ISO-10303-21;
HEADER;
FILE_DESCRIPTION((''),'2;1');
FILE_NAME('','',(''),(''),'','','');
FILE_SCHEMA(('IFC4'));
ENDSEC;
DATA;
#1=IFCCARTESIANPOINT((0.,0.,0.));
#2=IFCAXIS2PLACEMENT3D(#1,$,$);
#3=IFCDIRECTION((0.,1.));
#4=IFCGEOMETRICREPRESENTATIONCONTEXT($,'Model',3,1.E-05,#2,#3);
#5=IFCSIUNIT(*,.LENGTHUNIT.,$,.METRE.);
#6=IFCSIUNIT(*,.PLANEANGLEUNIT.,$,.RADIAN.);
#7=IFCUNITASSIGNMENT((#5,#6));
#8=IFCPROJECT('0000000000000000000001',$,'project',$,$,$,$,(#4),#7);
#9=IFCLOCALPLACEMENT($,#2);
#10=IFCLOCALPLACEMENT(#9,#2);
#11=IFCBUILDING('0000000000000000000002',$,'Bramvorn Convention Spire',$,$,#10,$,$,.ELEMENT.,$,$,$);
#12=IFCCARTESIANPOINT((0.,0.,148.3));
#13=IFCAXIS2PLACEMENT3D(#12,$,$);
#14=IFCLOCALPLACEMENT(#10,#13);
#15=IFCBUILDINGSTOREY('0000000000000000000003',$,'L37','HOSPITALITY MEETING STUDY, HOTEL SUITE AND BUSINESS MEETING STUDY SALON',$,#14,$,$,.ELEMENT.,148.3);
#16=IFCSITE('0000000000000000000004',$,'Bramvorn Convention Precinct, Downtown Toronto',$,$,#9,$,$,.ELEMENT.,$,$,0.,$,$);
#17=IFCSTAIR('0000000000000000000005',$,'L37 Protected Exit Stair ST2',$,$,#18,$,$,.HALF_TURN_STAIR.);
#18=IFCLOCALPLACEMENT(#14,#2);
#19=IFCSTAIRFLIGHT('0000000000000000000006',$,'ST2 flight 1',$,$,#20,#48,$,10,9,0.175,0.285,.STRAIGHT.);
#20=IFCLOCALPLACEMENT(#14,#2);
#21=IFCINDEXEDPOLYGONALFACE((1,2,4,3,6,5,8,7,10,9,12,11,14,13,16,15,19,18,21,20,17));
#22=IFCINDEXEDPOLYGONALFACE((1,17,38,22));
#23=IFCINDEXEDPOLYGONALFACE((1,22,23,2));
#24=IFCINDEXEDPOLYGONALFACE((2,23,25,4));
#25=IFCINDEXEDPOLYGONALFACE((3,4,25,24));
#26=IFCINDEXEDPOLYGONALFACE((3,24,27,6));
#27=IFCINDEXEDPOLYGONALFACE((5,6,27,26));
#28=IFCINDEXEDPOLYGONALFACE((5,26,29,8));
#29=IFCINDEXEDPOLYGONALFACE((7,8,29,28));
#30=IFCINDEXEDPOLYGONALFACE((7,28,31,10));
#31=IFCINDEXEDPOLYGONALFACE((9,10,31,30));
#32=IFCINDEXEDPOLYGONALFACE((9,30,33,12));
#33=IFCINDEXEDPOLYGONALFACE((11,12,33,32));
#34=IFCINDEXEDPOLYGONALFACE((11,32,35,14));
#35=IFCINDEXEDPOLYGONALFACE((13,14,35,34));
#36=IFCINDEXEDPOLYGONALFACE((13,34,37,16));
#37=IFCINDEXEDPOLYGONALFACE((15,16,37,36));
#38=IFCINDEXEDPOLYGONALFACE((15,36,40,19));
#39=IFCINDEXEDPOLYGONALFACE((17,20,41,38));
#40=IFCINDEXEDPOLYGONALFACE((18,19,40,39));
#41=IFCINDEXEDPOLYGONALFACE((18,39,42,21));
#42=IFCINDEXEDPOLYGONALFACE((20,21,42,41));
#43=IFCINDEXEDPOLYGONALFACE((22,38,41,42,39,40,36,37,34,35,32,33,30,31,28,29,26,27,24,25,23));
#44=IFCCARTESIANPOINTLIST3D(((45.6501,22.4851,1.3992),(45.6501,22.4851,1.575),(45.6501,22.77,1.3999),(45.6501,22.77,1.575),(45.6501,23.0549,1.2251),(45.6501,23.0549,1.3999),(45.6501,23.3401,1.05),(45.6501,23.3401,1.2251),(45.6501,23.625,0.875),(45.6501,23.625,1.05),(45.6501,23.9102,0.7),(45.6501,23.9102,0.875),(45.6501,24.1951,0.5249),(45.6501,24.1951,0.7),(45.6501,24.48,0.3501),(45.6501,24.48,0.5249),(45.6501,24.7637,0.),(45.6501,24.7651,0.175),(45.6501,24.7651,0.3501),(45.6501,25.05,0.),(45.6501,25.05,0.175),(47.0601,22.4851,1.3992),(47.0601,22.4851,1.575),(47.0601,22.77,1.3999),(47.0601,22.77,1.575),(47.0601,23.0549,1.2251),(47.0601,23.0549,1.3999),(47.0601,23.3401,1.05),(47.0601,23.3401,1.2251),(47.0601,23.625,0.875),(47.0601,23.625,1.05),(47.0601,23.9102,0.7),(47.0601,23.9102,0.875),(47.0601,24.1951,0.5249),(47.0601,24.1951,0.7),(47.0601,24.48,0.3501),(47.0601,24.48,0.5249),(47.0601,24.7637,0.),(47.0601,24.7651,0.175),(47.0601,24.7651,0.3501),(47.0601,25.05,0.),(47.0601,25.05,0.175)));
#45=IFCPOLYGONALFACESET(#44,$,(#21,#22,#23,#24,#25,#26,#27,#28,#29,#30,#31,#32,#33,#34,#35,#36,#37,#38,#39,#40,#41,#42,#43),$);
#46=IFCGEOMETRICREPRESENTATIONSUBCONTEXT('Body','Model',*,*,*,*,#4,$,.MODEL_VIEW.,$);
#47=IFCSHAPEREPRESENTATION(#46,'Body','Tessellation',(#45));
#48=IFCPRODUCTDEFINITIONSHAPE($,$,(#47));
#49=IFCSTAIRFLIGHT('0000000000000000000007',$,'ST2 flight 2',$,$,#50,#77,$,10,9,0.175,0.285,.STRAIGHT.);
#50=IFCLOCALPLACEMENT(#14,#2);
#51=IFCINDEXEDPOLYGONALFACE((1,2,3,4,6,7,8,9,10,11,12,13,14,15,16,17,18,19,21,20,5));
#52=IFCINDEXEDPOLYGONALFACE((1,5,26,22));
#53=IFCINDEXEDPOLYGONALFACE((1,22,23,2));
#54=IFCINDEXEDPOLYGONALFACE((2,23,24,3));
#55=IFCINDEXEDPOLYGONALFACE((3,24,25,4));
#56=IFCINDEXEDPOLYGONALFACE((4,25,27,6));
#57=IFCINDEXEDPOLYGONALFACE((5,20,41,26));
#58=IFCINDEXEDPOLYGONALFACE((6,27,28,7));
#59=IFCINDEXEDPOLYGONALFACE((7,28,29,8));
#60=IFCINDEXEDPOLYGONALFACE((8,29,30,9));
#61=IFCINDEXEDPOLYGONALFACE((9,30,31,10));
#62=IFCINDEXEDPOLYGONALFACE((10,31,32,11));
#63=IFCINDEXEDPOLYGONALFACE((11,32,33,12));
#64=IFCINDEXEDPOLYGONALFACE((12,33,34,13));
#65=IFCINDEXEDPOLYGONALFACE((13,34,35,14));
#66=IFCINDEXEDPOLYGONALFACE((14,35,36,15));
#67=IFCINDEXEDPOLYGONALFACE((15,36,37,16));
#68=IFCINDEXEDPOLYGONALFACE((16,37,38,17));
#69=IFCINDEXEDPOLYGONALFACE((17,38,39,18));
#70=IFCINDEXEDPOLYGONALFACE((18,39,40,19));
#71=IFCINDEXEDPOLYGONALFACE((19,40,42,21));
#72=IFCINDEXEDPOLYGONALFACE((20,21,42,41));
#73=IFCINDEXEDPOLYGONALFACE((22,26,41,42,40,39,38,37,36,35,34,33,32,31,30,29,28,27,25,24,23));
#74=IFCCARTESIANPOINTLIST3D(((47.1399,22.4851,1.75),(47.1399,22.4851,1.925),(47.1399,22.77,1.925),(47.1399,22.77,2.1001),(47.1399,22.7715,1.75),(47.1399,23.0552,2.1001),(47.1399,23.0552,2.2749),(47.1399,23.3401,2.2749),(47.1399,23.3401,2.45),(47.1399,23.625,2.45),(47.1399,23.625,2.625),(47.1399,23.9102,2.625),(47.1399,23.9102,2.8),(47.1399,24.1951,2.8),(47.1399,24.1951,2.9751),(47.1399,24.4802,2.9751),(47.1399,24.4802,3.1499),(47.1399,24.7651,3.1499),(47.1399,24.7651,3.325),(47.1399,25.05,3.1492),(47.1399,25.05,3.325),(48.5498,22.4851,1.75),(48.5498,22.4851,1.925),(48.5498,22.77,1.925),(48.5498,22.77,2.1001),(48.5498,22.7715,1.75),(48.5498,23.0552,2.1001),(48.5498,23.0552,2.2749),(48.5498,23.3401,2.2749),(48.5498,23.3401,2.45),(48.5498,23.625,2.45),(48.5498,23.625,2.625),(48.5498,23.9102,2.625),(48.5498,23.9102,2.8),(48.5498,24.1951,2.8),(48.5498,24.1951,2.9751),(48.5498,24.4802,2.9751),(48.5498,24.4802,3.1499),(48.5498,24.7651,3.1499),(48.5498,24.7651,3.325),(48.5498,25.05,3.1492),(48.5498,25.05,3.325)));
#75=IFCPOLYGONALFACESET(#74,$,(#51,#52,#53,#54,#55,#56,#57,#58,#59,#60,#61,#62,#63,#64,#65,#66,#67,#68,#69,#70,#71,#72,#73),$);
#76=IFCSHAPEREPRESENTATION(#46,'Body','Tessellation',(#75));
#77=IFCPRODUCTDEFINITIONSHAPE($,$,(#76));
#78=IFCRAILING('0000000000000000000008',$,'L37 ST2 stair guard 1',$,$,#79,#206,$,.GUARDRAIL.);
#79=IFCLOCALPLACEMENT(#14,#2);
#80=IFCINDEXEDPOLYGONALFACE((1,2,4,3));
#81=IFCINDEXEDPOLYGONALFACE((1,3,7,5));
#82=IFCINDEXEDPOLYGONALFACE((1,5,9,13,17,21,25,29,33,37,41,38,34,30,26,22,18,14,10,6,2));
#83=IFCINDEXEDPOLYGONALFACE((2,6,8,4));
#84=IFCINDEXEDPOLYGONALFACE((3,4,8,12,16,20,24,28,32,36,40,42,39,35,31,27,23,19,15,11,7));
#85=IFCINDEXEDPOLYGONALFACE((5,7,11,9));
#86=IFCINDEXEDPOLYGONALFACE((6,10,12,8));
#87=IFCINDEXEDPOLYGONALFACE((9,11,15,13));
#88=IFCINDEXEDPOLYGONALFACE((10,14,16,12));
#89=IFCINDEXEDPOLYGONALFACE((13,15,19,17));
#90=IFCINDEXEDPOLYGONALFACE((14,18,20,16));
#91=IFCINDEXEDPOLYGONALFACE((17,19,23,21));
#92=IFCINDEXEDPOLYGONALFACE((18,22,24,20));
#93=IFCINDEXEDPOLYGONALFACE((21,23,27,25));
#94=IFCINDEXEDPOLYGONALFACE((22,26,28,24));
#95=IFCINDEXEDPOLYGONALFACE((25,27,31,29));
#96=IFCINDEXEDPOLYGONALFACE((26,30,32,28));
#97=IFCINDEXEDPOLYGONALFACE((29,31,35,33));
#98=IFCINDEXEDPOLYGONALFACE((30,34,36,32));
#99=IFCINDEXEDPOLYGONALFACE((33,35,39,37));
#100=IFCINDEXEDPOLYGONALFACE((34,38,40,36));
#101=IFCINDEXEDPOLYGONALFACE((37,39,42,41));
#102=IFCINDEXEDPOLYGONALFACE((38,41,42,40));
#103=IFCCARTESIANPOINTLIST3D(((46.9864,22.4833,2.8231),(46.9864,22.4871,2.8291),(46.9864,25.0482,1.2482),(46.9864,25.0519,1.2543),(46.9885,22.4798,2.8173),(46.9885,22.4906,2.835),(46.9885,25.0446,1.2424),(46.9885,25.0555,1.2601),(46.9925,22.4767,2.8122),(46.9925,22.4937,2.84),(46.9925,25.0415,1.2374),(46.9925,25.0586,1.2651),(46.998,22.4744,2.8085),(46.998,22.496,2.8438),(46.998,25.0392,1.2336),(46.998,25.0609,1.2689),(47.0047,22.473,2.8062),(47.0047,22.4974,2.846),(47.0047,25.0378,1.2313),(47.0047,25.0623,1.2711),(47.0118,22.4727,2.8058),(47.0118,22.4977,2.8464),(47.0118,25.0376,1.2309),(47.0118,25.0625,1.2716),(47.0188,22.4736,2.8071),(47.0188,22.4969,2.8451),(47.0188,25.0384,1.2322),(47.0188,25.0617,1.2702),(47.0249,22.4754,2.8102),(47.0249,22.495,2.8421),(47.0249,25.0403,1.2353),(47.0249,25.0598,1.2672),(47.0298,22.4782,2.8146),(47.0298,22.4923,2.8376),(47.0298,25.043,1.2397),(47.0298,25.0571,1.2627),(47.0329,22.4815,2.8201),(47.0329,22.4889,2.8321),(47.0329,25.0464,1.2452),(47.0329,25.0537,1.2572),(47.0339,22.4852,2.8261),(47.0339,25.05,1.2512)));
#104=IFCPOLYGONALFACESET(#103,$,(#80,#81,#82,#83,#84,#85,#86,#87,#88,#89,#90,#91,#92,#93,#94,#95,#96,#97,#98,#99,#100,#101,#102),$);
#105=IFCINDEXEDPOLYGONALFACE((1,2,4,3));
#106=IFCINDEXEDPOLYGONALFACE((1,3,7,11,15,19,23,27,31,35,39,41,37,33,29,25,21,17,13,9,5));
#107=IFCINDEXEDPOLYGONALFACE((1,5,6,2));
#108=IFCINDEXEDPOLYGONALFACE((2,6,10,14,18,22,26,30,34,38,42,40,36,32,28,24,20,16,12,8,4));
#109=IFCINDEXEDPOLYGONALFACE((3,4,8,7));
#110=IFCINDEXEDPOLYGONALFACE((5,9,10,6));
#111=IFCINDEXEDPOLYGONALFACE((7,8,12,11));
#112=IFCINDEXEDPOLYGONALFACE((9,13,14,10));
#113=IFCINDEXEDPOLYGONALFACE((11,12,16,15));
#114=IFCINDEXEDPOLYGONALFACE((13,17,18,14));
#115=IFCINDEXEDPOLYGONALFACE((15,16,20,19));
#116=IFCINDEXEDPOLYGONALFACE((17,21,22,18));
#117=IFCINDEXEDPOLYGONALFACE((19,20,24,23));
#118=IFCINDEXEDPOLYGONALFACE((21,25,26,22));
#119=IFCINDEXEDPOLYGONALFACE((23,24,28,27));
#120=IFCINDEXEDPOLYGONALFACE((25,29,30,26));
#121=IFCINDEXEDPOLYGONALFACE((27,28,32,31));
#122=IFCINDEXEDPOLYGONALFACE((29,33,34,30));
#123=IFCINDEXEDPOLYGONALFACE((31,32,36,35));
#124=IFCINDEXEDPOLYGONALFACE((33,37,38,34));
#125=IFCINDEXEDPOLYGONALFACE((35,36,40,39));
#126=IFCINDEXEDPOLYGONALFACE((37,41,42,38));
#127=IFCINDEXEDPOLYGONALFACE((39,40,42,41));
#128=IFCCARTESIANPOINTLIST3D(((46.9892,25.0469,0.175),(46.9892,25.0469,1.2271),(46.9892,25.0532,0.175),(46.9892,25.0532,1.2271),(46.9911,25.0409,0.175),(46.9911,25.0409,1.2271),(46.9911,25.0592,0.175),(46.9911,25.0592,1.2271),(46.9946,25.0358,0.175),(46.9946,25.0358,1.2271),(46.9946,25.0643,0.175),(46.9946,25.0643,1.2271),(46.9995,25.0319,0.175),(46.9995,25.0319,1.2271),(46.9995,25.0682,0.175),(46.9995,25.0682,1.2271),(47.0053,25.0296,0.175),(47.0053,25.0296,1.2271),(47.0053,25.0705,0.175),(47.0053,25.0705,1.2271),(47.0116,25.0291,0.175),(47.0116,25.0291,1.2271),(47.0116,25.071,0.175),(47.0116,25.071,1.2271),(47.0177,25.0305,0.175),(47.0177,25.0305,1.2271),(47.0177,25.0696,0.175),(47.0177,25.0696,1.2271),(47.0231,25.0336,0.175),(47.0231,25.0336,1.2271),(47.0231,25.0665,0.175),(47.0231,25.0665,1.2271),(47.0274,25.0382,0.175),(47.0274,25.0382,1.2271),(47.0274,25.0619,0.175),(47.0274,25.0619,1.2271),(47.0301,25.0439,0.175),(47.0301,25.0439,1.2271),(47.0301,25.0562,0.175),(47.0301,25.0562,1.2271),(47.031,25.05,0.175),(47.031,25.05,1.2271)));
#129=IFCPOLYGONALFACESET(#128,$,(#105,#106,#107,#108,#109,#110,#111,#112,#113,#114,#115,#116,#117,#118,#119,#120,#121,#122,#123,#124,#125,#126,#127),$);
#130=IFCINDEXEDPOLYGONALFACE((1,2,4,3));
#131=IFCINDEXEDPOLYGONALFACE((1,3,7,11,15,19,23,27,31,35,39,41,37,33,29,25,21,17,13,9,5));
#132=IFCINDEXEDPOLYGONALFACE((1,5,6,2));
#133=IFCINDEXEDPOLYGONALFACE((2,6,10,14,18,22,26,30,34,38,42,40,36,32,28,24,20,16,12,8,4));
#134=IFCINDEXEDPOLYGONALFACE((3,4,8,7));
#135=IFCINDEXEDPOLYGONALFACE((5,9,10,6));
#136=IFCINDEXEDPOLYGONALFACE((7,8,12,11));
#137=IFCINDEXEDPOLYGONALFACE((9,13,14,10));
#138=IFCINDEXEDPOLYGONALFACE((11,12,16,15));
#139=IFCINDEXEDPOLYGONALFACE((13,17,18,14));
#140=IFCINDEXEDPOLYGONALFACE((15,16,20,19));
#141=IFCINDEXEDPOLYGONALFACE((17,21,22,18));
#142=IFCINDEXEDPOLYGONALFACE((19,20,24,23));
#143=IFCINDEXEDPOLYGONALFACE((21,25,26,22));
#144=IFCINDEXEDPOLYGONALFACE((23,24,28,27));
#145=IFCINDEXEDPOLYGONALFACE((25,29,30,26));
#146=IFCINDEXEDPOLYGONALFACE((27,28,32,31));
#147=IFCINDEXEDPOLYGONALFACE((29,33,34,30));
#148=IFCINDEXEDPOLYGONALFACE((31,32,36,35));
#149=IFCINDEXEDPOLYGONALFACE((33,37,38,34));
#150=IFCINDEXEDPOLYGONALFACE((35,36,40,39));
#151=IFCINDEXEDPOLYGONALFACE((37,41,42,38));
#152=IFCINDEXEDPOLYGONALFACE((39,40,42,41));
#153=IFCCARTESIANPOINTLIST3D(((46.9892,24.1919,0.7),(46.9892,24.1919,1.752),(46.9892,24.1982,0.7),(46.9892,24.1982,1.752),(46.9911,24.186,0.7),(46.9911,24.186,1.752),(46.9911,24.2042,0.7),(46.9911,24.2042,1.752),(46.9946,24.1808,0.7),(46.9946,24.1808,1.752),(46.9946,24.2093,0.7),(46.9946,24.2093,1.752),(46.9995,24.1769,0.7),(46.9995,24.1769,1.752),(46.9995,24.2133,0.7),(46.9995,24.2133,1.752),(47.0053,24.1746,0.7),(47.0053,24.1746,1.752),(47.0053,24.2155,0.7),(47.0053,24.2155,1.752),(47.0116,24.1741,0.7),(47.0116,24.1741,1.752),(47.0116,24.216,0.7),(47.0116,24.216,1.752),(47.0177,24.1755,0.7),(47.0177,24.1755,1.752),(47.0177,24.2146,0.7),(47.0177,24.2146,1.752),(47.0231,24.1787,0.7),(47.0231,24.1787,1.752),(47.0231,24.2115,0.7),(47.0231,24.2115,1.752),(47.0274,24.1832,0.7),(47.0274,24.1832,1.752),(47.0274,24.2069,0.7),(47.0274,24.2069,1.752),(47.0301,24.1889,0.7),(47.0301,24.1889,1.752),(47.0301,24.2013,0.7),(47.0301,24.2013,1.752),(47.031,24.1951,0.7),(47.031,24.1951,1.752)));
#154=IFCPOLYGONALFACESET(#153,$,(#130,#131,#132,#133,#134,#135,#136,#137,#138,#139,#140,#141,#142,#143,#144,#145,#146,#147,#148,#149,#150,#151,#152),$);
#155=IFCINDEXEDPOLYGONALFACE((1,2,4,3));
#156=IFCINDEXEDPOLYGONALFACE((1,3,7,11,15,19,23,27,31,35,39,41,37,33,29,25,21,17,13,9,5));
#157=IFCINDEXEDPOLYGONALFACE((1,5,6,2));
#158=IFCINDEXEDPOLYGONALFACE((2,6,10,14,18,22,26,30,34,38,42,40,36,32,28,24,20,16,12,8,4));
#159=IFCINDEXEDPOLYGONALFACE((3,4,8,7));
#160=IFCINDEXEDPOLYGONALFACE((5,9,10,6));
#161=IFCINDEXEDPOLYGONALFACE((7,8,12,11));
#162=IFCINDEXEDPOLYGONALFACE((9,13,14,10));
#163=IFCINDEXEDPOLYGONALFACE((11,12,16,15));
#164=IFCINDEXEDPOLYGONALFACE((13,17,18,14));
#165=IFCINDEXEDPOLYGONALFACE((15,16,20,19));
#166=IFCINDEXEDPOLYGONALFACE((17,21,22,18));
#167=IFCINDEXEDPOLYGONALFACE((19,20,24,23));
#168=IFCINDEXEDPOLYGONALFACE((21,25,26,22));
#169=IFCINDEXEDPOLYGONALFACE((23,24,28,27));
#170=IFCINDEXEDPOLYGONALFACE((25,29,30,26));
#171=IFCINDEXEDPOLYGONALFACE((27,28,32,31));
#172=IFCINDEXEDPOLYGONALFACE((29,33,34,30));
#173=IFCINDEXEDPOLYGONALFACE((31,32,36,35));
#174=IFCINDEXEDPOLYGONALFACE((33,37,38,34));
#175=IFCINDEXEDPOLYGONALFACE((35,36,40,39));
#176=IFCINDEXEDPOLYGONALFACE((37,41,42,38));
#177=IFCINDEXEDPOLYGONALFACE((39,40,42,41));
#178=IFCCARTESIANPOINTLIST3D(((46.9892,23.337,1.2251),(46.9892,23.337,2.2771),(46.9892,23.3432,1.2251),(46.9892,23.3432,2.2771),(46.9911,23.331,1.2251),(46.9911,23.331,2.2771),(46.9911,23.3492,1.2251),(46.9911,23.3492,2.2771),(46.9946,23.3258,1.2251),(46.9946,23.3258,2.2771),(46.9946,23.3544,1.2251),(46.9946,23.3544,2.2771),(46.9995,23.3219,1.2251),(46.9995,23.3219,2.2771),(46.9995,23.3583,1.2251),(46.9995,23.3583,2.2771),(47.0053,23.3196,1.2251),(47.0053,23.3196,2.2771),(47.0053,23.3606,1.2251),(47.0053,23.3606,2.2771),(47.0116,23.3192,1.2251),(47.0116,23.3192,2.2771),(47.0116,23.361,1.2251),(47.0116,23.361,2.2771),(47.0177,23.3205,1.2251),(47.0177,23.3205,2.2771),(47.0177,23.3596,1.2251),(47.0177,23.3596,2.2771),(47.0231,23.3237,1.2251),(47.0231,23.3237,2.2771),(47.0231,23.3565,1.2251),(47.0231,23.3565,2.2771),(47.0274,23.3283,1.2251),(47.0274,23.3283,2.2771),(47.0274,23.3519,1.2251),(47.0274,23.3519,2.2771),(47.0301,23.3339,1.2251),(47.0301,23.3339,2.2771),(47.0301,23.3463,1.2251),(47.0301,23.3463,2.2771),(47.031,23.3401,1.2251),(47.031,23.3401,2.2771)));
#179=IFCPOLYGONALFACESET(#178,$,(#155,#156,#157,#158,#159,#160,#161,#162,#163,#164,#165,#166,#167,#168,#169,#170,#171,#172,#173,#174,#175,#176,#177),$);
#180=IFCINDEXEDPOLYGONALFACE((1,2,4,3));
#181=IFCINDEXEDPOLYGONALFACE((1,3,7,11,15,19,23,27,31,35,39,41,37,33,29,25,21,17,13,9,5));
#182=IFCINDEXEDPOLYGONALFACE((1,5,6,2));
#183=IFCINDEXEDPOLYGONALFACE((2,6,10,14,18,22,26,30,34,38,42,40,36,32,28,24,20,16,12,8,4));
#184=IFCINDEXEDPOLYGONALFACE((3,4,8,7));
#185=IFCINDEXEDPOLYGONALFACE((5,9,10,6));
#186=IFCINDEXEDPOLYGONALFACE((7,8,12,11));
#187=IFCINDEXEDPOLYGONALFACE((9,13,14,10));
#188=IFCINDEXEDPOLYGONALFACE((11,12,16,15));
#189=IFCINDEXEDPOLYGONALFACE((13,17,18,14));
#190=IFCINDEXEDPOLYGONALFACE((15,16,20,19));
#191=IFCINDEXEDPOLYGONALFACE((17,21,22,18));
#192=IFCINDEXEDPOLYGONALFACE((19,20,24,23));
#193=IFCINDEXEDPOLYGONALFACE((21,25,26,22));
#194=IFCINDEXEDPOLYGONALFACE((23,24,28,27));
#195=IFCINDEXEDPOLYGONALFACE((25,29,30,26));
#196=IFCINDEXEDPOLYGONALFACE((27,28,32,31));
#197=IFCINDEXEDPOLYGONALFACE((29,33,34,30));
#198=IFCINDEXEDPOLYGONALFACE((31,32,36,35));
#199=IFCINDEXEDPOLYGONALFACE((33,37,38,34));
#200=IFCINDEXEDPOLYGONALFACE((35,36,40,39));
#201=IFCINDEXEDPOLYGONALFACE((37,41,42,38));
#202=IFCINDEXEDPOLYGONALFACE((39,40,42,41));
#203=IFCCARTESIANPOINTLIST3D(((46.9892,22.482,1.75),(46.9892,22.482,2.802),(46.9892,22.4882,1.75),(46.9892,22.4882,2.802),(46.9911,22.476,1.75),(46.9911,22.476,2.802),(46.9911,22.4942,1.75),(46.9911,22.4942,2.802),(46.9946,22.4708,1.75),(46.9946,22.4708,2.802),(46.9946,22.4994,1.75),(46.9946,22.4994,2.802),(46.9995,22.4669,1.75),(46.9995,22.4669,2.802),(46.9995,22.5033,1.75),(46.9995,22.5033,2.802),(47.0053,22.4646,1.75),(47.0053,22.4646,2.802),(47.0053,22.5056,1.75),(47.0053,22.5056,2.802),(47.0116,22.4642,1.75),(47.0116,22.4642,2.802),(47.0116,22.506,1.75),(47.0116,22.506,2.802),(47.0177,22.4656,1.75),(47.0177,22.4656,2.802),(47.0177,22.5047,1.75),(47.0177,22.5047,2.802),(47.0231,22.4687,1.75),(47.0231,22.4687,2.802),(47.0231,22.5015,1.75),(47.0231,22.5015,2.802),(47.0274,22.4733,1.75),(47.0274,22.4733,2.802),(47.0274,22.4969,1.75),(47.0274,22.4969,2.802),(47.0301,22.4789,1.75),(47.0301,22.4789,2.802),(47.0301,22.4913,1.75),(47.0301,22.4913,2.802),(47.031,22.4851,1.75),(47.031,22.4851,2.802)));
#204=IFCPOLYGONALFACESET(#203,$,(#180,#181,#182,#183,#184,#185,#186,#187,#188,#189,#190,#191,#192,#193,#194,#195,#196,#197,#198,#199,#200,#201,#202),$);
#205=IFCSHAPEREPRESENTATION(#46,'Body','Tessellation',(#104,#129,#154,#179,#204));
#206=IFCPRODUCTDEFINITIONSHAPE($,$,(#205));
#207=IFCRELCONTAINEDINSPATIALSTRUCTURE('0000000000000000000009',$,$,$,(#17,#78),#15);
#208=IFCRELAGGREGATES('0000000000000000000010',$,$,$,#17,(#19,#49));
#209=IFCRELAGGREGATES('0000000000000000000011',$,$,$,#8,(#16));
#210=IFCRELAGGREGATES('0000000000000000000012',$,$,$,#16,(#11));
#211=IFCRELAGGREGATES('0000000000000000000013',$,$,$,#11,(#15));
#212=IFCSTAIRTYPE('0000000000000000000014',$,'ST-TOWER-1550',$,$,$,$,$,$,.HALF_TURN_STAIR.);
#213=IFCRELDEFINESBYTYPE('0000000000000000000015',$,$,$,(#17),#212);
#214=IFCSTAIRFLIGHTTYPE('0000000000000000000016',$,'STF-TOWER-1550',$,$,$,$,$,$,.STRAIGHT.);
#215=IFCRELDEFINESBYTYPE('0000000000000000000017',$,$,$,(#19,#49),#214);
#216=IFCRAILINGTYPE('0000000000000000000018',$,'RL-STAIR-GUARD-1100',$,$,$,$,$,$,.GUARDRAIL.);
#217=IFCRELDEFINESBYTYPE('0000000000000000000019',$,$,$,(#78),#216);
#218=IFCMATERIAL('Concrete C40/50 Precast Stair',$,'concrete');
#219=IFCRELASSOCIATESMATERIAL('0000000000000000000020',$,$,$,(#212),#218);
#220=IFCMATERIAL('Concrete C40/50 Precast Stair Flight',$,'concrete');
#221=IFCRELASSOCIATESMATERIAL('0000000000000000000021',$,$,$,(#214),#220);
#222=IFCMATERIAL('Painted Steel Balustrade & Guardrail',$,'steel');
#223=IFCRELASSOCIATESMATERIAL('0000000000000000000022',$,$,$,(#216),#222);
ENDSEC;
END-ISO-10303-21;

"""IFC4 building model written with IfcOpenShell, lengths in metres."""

from ifc_helpers import new_model, si_unit, direction, frame, origin, origin_2d, place, context, subcontext, project, spatial, polyline, circle, outline, extrude, material, type_object, element, aggregate, save


model = new_model("IFC4")

# Units and contexts
model_context = context("Model", 3, precision=1e-05, world=origin(), true_north=direction((0.0, 1.0)))
body_context = subcontext(model_context, "Body", "Model", "MODEL_VIEW")
ifc_project = project(units=[si_unit("LENGTHUNIT", "METRE"), si_unit("PLANEANGLEUNIT", "RADIAN")], contexts=[model_context])

# Site, building, storey
site_placement = place(None, origin())
site = spatial("IfcSite", under=ifc_project, at=site_placement, Name="Bramvorn Convention Precinct, Downtown Toronto", CompositionType="ELEMENT", RefElevation=0.0)
building_placement = place(site_placement, origin())
building = spatial("IfcBuilding", under=site, at=building_placement, Name="Bramvorn Convention Spire", CompositionType="ELEMENT")
storey_placement = place(building_placement, frame((0.0, 0.0, 148.3)))
storey = spatial("IfcBuildingStorey", under=building, at=storey_placement, Name="L37", Description="HOSPITALITY MEETING STUDY, HOTEL SUITE AND BUSINESS MEETING STUDY SALON", CompositionType="ELEMENT", Elevation=148.3)

# Stair, stair flights
ifc_material_1 = material(Name="Concrete C40/50 Precast Stair", Category="concrete")
stair_type = type_object("IfcStairType", Name="ST-TOWER-1550", PredefinedType="HALF_TURN_STAIR", material=ifc_material_1)
stair_placement = place(storey_placement, origin())
stair = element("IfcStair", 1, at=stair_placement, inside=storey, type_object=stair_type, Name="L37 Protected Exit Stair ST2", PredefinedType="HALF_TURN_STAIR")
ifc_material_2 = material(Name="Concrete C40/50 Precast Stair Flight", Category="concrete")
stair_flight_type = type_object("IfcStairFlightType", Name="STF-TOWER-1550", PredefinedType="STRAIGHT", material=ifc_material_2)
stair_flight_1_placement = place(storey_placement, frame((46.355, 25.05, 0.0), z_axis=(0.0, 0.0, 1.0), x_axis=(0.0, -1.0, 0.0)))
stair_flight_1 = element("IfcStairFlight", 2, at=stair_flight_1_placement, type_object=stair_flight_type, Name="ST2 flight 1", NumberOfRisers=10, NumberOfTreads=9, PredefinedType="STRAIGHT", RiserHeight=0.175, TreadLength=0.285, context=body_context, shape_type="SweptSolid", body=[
    extrude(outline(polyline([(0.0, 0.0), (0.0, 0.175), (0.2849, 0.175), (0.2849, 0.3501), (0.5701, 0.3501), (0.5701, 0.5249), (0.855, 0.5249), (0.855, 0.7), (1.1399, 0.7), (1.1399, 0.875), (1.425, 0.875), (1.425, 1.05), (1.71, 1.05), (1.71, 1.2251), (1.9951, 1.2251), (1.9951, 1.3999), (2.28, 1.3999), (2.28, 1.575), (2.5649, 1.575), (2.5649, 1.75), (2.5649, 1.3992), (0.2864, 0.0), (0.0, 0.0)])), frame((0.0, 0.7051, 0.0), z_axis=(0.0, -1.0, 0.0), x_axis=(1.0, 0.0, 0.0)), (0.0, 0.0, 1.0), 1.4099),
])
stair_flight_2_placement = place(storey_placement, frame((47.845, 22.4851, 1.75), z_axis=(0.0, 0.0, 1.0), x_axis=(0.0, 1.0, 0.0)))
stair_flight_2 = element("IfcStairFlight", 3, at=stair_flight_2_placement, type_object=stair_flight_type, Name="ST2 flight 2", NumberOfRisers=10, NumberOfTreads=9, PredefinedType="STRAIGHT", RiserHeight=0.175, TreadLength=0.285, context=body_context, shape_type="SweptSolid", body=[
    extrude(outline(polyline([(0.0, 0.0), (0.0, 0.175), (0.2849, 0.175), (0.2849, 0.3501), (0.5701, 0.3501), (0.5701, 0.5249), (0.855, 0.5249), (0.855, 0.7), (1.1399, 0.7), (1.1399, 0.875), (1.425, 0.875), (1.425, 1.05), (1.71, 1.05), (1.71, 1.2251), (1.9951, 1.2251), (1.9951, 1.3999), (2.28, 1.3999), (2.28, 1.575), (2.5649, 1.575), (2.5649, 1.75), (2.5649, 1.3992), (0.2864, 0.0), (0.0, 0.0)])), frame((0.0, 0.7051, 0.0), z_axis=(0.0, -1.0, 0.0), x_axis=(1.0, 0.0, 0.0)), (0.0, 0.0, 1.0), 1.4099),
])
aggregate(stair, [stair_flight_1, stair_flight_2])

# Railing
ifc_material_3 = material(Name="Painted Steel Balustrade & Guardrail", Category="steel")
railing_type_1 = type_object("IfcRailingType", Name="RL-STAIR-GUARD-1100", PredefinedType="GUARDRAIL", material=ifc_material_3)
railing_1_placement = place(storey_placement, frame((47.01, 25.05, 0.175)))
element("IfcRailing", 4, at=railing_1_placement, inside=storey, type_object=railing_type_1, Name="L37 ST2 stair guard 1", PredefinedType="GUARDRAIL", context=body_context, shape_type="SweptSolid", body=[
    extrude(circle(Radius=0.0239, at=origin_2d()), frame((0.0, 0.0, 1.0762), z_axis=(0.0, -0.852173, 0.52326), x_axis=(1.0, 0.0, 0.0)), (0.0, 0.0, 1.0), 3.0098),
    extrude(circle(Radius=0.021, at=origin_2d()), origin(), (0.0, 0.0, 1.0), 1.052),
    extrude(circle(Radius=0.021, at=origin_2d()), frame((0.0, -0.855, 0.5249)), (0.0, 0.0, 1.0), 1.052),
    extrude(circle(Radius=0.021, at=origin_2d()), frame((0.0, -1.71, 1.05)), (0.0, 0.0, 1.0), 1.052),
    extrude(circle(Radius=0.021, at=origin_2d()), frame((0.0, -2.5649, 1.575)), (0.0, 0.0, 1.0), 1.052),
])

save(model, "model.ifc")
